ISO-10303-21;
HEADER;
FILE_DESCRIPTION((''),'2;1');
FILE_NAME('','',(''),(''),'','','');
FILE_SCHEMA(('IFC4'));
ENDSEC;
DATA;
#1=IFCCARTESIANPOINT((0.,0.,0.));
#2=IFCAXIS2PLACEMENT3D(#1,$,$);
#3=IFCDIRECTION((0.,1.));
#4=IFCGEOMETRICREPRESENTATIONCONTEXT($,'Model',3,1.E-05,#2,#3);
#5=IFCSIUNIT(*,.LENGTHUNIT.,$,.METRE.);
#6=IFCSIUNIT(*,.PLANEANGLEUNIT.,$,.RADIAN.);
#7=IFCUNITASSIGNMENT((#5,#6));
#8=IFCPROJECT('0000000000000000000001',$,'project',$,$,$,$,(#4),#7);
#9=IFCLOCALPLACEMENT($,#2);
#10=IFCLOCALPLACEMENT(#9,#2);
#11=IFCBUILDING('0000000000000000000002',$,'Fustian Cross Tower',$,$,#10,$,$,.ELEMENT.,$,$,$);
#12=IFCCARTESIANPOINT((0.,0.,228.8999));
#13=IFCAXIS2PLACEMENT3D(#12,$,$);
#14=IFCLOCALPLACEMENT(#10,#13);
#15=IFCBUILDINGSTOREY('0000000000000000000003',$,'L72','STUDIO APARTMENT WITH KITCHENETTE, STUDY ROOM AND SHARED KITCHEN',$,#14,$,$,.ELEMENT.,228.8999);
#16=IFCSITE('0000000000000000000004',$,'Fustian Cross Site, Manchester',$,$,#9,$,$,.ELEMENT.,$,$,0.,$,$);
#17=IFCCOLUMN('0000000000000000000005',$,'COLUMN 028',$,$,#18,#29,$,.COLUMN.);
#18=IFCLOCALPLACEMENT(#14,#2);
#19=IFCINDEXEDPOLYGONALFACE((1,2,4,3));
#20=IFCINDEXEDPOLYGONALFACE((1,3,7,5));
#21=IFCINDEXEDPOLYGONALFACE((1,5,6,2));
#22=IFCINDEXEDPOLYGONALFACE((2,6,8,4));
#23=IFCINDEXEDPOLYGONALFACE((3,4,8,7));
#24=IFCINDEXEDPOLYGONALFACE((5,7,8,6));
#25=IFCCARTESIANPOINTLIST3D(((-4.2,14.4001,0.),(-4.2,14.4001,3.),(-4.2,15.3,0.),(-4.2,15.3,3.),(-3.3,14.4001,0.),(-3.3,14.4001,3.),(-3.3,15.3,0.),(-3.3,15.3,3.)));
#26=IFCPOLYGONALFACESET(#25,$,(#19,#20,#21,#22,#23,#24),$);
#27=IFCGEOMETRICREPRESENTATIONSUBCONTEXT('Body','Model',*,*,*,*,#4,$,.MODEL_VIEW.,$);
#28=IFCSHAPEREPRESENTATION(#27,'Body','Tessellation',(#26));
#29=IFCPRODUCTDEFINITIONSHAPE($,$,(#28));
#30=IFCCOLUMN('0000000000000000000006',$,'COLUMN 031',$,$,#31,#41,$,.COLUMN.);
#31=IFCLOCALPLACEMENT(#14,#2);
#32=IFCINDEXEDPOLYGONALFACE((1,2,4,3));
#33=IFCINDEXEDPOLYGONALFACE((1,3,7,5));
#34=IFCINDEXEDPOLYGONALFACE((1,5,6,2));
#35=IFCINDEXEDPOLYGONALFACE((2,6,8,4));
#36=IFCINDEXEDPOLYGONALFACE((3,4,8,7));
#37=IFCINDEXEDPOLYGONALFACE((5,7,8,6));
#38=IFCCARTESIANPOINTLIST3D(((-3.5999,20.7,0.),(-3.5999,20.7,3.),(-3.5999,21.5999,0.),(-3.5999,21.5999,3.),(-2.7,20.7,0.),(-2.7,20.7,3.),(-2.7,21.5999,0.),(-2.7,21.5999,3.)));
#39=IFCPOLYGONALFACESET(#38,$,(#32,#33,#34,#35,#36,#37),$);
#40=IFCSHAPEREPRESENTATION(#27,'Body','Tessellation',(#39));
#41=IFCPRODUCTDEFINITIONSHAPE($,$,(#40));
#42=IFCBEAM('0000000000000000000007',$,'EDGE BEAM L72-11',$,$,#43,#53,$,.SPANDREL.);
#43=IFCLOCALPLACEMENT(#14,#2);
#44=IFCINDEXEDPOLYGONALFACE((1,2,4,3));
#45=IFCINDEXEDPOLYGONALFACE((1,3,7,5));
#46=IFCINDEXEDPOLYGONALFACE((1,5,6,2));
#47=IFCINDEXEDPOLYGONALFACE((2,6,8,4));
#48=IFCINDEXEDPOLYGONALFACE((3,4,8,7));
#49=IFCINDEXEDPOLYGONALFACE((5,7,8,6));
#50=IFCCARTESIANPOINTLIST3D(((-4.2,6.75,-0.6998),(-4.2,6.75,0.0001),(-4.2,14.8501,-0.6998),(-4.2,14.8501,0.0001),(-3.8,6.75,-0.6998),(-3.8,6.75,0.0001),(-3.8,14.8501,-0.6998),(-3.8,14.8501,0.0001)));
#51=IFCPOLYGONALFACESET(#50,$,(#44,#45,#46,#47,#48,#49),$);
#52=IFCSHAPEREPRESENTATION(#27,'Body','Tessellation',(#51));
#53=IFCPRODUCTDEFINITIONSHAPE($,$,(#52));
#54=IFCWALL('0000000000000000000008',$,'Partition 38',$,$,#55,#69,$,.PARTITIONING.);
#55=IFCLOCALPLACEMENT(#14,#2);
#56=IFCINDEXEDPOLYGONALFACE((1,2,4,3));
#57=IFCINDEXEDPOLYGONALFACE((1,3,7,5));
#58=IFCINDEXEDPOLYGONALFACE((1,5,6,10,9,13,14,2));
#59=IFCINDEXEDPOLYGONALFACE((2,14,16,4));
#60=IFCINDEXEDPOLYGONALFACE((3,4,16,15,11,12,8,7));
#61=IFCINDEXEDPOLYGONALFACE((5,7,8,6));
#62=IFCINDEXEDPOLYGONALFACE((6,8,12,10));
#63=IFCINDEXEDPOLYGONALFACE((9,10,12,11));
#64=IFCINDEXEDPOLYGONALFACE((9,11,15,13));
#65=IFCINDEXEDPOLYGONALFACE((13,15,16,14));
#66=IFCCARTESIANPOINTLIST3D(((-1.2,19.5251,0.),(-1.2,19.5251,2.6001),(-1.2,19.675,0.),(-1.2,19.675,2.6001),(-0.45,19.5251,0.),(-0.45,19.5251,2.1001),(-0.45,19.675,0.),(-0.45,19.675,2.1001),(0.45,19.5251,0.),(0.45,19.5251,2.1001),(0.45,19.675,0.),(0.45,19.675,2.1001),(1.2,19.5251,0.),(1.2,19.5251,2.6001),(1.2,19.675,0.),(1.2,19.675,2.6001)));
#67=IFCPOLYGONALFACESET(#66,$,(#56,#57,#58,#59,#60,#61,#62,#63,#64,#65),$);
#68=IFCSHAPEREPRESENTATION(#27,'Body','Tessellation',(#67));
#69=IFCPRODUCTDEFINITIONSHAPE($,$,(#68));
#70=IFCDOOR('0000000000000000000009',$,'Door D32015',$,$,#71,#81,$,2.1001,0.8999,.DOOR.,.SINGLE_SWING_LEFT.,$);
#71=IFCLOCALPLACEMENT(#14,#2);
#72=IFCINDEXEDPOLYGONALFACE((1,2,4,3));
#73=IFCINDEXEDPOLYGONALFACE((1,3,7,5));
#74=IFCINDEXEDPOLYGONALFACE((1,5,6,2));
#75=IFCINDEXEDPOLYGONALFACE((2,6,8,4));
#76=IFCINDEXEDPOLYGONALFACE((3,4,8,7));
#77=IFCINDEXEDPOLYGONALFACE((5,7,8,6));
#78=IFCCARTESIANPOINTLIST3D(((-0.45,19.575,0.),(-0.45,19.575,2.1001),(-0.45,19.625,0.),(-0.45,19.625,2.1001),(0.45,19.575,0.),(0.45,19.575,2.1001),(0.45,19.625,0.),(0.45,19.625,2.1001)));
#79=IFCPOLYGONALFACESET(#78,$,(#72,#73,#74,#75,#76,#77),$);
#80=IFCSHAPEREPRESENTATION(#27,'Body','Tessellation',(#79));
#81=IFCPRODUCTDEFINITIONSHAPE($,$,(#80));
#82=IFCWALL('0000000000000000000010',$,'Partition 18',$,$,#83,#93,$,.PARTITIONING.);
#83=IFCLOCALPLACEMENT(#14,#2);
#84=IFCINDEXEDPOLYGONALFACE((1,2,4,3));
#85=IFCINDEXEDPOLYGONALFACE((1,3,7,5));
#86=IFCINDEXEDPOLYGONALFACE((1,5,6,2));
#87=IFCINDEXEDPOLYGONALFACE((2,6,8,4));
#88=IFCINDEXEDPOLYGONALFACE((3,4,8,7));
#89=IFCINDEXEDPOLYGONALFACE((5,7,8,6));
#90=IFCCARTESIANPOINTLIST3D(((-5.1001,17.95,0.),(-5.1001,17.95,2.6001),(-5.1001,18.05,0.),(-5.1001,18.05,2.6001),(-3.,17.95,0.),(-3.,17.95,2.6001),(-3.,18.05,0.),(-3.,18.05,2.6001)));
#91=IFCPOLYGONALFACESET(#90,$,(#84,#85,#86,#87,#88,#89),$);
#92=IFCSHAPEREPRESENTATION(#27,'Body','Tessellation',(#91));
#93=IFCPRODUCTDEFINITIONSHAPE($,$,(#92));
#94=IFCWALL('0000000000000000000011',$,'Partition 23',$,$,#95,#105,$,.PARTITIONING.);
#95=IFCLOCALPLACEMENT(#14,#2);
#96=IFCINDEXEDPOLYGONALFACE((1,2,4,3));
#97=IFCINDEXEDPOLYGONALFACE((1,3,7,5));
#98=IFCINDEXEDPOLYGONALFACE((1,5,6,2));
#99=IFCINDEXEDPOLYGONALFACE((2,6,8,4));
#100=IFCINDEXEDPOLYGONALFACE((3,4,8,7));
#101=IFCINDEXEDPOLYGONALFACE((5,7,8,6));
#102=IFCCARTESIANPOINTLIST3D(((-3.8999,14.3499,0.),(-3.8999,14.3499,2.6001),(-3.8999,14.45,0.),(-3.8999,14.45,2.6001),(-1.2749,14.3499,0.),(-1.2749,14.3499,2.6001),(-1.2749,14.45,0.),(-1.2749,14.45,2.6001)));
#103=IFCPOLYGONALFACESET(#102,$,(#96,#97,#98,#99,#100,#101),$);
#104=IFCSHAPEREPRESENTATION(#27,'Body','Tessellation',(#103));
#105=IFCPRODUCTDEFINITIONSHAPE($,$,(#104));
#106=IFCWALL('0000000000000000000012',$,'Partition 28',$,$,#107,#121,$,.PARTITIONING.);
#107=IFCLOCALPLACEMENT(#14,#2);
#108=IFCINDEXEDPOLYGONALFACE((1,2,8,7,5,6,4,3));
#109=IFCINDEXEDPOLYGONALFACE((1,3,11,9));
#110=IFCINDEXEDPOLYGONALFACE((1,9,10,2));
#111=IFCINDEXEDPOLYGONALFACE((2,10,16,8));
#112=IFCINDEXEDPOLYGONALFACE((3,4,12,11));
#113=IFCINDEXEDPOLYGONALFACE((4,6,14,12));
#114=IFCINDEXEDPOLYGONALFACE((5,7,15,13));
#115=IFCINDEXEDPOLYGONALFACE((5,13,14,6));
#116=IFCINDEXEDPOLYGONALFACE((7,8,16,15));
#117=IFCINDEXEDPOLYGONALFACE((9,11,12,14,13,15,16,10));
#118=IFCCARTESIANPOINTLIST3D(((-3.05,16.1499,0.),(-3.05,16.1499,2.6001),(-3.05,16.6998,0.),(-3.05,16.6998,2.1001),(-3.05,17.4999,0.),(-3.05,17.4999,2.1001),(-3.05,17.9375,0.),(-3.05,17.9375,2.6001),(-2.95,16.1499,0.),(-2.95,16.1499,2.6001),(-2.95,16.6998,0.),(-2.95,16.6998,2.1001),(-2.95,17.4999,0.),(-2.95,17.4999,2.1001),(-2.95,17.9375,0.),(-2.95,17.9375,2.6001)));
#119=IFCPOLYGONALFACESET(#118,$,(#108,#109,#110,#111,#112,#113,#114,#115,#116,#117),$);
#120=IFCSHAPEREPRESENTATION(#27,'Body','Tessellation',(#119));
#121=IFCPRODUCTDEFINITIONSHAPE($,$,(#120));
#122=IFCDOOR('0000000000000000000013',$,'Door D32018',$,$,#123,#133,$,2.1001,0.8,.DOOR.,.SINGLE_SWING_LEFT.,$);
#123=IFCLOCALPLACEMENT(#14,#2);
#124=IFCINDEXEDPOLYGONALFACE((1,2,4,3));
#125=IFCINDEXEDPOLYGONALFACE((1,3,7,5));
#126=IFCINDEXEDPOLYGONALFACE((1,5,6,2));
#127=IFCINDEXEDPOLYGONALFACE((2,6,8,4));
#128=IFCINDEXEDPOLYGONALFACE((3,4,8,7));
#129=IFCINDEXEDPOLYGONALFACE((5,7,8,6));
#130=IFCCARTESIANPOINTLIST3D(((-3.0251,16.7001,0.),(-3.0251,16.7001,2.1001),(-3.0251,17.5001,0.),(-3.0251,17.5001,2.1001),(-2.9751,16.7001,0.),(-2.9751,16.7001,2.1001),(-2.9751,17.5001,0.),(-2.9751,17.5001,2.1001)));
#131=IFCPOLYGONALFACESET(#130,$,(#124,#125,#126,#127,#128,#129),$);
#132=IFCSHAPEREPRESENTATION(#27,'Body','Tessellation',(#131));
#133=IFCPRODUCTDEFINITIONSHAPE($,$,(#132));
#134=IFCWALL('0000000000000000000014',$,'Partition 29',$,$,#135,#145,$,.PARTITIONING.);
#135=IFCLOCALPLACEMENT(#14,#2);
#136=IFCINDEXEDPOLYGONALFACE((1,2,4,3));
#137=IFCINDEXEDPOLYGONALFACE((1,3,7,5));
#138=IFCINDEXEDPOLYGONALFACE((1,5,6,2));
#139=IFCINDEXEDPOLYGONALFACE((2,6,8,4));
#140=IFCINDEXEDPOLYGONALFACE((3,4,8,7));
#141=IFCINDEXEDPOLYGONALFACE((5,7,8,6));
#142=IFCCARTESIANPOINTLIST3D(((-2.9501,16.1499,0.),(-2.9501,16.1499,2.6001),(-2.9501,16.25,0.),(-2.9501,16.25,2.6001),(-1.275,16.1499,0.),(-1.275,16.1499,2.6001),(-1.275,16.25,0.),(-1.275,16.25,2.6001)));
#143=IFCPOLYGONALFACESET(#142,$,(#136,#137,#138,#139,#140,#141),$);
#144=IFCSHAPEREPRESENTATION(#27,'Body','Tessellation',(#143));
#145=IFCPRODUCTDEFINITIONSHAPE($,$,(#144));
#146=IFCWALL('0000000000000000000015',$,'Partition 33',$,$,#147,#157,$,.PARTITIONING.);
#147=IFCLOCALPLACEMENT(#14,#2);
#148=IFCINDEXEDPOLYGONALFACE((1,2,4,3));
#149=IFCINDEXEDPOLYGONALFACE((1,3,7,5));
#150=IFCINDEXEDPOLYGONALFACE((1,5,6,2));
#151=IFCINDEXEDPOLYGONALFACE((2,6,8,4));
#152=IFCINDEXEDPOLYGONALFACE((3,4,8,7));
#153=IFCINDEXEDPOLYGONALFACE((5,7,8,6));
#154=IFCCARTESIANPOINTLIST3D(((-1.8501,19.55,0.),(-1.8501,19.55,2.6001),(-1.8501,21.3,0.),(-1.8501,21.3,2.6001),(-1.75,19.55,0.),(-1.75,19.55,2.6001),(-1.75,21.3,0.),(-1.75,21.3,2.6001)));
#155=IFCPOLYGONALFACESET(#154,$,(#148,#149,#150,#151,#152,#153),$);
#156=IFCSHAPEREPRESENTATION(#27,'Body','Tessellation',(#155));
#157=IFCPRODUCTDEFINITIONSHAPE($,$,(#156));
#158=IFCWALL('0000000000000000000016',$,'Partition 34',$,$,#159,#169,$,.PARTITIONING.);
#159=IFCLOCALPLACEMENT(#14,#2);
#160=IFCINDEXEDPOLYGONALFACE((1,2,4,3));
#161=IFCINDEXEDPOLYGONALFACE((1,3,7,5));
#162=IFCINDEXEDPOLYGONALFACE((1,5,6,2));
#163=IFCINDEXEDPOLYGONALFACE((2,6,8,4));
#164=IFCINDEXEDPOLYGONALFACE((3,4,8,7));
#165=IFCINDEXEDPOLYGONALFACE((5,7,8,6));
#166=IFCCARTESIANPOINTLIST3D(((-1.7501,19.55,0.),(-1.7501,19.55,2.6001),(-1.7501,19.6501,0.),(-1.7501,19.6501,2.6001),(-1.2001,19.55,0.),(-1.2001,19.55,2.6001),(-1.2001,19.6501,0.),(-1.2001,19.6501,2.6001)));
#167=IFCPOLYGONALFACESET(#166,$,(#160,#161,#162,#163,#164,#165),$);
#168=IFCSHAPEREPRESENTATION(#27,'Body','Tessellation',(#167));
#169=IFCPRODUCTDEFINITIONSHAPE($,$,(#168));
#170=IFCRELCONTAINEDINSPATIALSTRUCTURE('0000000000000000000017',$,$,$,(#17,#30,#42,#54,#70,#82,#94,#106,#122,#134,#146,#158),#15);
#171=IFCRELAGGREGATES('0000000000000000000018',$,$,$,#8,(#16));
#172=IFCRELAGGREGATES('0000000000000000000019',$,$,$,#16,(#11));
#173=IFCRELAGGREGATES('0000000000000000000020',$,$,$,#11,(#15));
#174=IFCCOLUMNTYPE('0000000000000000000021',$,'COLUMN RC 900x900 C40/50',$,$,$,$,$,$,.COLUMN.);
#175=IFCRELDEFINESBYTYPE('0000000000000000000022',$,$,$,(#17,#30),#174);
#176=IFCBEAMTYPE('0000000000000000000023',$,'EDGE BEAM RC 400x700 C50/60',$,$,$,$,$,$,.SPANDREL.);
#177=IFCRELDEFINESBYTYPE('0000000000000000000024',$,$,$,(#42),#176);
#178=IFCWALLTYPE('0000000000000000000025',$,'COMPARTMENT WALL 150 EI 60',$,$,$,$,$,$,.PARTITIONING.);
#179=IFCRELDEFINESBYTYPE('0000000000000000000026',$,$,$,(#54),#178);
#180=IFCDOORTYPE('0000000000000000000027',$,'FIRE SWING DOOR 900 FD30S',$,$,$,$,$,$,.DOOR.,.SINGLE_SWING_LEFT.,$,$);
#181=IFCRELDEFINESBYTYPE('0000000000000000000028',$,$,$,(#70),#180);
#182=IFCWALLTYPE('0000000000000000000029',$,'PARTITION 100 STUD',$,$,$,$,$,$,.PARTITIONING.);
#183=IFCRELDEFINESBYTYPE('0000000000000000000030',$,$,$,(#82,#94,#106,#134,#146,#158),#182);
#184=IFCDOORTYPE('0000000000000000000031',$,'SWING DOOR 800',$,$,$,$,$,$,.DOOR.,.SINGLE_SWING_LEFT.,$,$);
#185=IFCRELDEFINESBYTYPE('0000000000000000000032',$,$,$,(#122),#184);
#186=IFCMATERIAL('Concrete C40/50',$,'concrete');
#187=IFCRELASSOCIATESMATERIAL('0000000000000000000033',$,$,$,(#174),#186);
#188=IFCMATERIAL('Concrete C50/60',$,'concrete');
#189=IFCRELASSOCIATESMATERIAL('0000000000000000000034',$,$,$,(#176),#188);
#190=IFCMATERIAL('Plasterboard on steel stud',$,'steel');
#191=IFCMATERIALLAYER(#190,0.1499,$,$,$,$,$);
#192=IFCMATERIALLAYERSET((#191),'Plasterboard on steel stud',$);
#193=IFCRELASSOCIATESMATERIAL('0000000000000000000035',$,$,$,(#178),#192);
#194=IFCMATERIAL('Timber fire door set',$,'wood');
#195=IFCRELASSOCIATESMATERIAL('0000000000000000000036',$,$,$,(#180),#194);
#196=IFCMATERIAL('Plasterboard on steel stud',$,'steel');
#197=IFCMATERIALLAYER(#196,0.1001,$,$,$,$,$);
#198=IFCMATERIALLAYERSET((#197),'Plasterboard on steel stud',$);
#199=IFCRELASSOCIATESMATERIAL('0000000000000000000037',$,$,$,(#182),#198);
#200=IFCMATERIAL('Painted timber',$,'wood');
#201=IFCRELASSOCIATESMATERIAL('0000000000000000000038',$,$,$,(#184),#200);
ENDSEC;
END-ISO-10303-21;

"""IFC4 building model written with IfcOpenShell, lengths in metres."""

from ifc_helpers import new_model, si_unit, direction, frame, frame_2d, origin, origin_2d, place, context, subcontext, project, spatial, rectangle, extrude, material, layer, layer_set, material_profile, profile_set, type_object, element, fill, save


model = new_model("IFC4")

# Units and contexts
model_context = context("Model", 3, precision=1e-05, world=origin(), true_north=direction((0.0, 1.0)))
body_context = subcontext(model_context, "Body", "Model", "MODEL_VIEW")
ifc_project = project(units=[si_unit("LENGTHUNIT", "METRE"), si_unit("PLANEANGLEUNIT", "RADIAN")], contexts=[model_context])

# Site, building, storey
site_placement = place(None, origin())
site = spatial("IfcSite", under=ifc_project, at=site_placement, Name="Fustian Cross Site, Manchester", CompositionType="ELEMENT", RefElevation=0.0)
building_placement = place(site_placement, origin())
building = spatial("IfcBuilding", under=site, at=building_placement, Name="Fustian Cross Tower", CompositionType="ELEMENT")
storey_placement = place(building_placement, frame((0.0, 0.0, 228.8999)))
storey = spatial("IfcBuildingStorey", under=building, at=storey_placement, Name="L72", Description="STUDIO APARTMENT WITH KITCHENETTE, STUDY ROOM AND SHARED KITCHEN", CompositionType="ELEMENT", Elevation=228.8999)

# Columns
ifc_material_1 = material(Name="Concrete C40/50", Category="concrete")
ifc_material_profile_1 = material_profile(ifc_material_1, rectangle(XDim=0.8999, YDim=0.8999, at=origin_2d()), Name="RC 900x900")
ifc_profile_set_1 = profile_set([ifc_material_profile_1], Name="Concrete C40/50")
column_type = type_object("IfcColumnType", Name="COLUMN RC 900x900 C40/50", PredefinedType="COLUMN", material=ifc_profile_set_1)
for number, where, z_axis, x_axis, name in (
    (1, (-3.75, 14.8501, 0.0), (0.0, 0.0, 1.0), (1.0, 0.0, 0.0), "COLUMN 028"),
    (2, (-3.1499, 21.1499, 0.0), (0.0, 0.0, 1.0), (1.0, 0.0, 0.0), "COLUMN 031"),
):
    element("IfcColumn", number, at=place(storey_placement, frame(where, z_axis=z_axis, x_axis=x_axis)), inside=storey, type_object=column_type, Name=name, PredefinedType="COLUMN", context=body_context, shape_type="SweptSolid", body=[
        extrude(rectangle(XDim=0.8999, YDim=0.8999, at=origin_2d()), origin(), (0.0, 0.0, 1.0), 3.0),
    ])

# Beam
ifc_material_2 = material(Name="Concrete C50/60", Category="concrete")
ifc_material_profile_2 = material_profile(ifc_material_2, rectangle(XDim=0.3999, YDim=0.7, at=origin_2d()), Name="RC 400x700")
ifc_profile_set_2 = profile_set([ifc_material_profile_2], Name="Concrete C50/60")
beam_type = type_object("IfcBeamType", Name="EDGE BEAM RC 400x700 C50/60", PredefinedType="SPANDREL", material=ifc_profile_set_2)
beam_placement = place(storey_placement, frame((-4.0, 14.8501, -0.3499), z_axis=(0.0, -1.0, 0.0), x_axis=(1.0, 0.0, 0.0)))
element("IfcBeam", 3, at=beam_placement, inside=storey, type_object=beam_type, Name="EDGE BEAM L72-11", PredefinedType="SPANDREL", context=body_context, shape_type="SweptSolid", body=[
    extrude(rectangle(XDim=0.3999, YDim=0.7, at=origin_2d()), origin(), (0.0, 0.0, 1.0), 8.1001),
])

# Wall, opening, door
ifc_material_3 = material(Name="Plasterboard on steel stud", Category="steel")
ifc_layer_1 = layer(ifc_material_3, 0.1499)
ifc_layer_set_1 = layer_set([ifc_layer_1], Name="Plasterboard on steel stud")
wall_type_1 = type_object("IfcWallType", Name="COMPARTMENT WALL 150 EI 60", PredefinedType="PARTITIONING", material=ifc_layer_set_1)
wall_1_placement = place(storey_placement, frame((-1.2, 19.6001, 0.0), z_axis=(0.0, 0.0, 1.0), x_axis=(1.0, 0.0, 0.0)))
wall_1 = element("IfcWall", 4, at=wall_1_placement, inside=storey, type_object=wall_type_1, Name="Partition 38", PredefinedType="PARTITIONING", context=body_context, shape_type="SweptSolid", body=[
    extrude(rectangle(XDim=2.3999, YDim=0.1499, at=frame_2d((1.2, 0.0))), origin(), (0.0, 0.0, 1.0), 2.6001),
])
opening_1_placement = place(wall_1_placement, frame((0.75, 0.0, 0.0)))
opening_1 = element("IfcOpeningElement", 5, at=opening_1_placement, cuts=wall_1, PredefinedType="OPENING", context=body_context, shape_type="SweptSolid", body=[
    extrude(rectangle(XDim=0.8999, YDim=2.1001, at=frame_2d((0.45, 1.05))), frame((0.0, 0.085, 0.0), z_axis=(0.0, -1.0, 0.0), x_axis=(1.0, 0.0, 0.0)), (0.0, 0.0, 1.0), 0.1699),
])
ifc_material_4 = material(Name="Timber fire door set", Category="wood")
door_type_1 = type_object("IfcDoorType", Name="FIRE SWING DOOR 900 FD30S", OperationType="SINGLE_SWING_LEFT", PredefinedType="DOOR", material=ifc_material_4)
door_1_placement = place(opening_1_placement, origin())
door_1 = element("IfcDoor", 6, at=door_1_placement, inside=storey, type_object=door_type_1, Name="Door D32015", OperationType="SINGLE_SWING_LEFT", OverallHeight=2.1001, OverallWidth=0.8999, PredefinedType="DOOR", context=body_context, shape_type="SweptSolid", body=[
    extrude(rectangle(XDim=0.8999, YDim=2.1001, at=frame_2d((0.45, 1.05))), frame((0.0, 0.0249, 0.0), z_axis=(0.0, -1.0, 0.0), x_axis=(1.0, 0.0, 0.0)), (0.0, 0.0, 1.0), 0.05),
])
fill(opening_1, door_1)

# Walls
ifc_material_5 = material(Name="Plasterboard on steel stud", Category="steel")
ifc_layer_2 = layer(ifc_material_5, 0.1001)
ifc_layer_set_2 = layer_set([ifc_layer_2], Name="Plasterboard on steel stud")
wall_type_2 = type_object("IfcWallType", Name="PARTITION 100 STUD", PredefinedType="PARTITIONING", material=ifc_layer_set_2)
wall_2_placement = place(storey_placement, frame((-5.1001, 18.0, 0.0), z_axis=(0.0, 0.0, 1.0), x_axis=(1.0, 0.0, 0.0)))
element("IfcWall", 7, at=wall_2_placement, inside=storey, type_object=wall_type_2, Name="Partition 18", PredefinedType="PARTITIONING", context=body_context, shape_type="SweptSolid", body=[
    extrude(rectangle(XDim=2.1001, YDim=0.1001, at=frame_2d((1.05, 0.0))), origin(), (0.0, 0.0, 1.0), 2.6001),
])
wall_3_placement = place(storey_placement, frame((-3.8999, 14.3999, 0.0), z_axis=(0.0, 0.0, 1.0), x_axis=(1.0, 0.0, 0.0)))
element("IfcWall", 8, at=wall_3_placement, inside=storey, type_object=wall_type_2, Name="Partition 23", PredefinedType="PARTITIONING", context=body_context, shape_type="SweptSolid", body=[
    extrude(rectangle(XDim=2.625, YDim=0.1001, at=frame_2d((1.3125, 0.0))), origin(), (0.0, 0.0, 1.0), 2.6001),
])

# Wall, opening, door
wall_4_placement = place(storey_placement, frame((-3.0, 16.1499, 0.0), z_axis=(0.0, 0.0, 1.0), x_axis=(0.0, 1.0, 0.0)))
wall_4 = element("IfcWall", 9, at=wall_4_placement, inside=storey, type_object=wall_type_2, Name="Partition 28", PredefinedType="PARTITIONING", context=body_context, shape_type="SweptSolid", body=[
    extrude(rectangle(XDim=1.7876, YDim=0.1001, at=frame_2d((0.8938, 0.0))), origin(), (0.0, 0.0, 1.0), 2.6001),
])
opening_2_placement = place(wall_4_placement, frame((0.55, 0.0, 0.0)))
opening_2 = element("IfcOpeningElement", 10, at=opening_2_placement, cuts=wall_4, PredefinedType="OPENING", context=body_context, shape_type="SweptSolid", body=[
    extrude(rectangle(XDim=0.8, YDim=2.1001, at=frame_2d((0.3999, 1.05))), frame((0.0, 0.0601, 0.0), z_axis=(0.0, -1.0, 0.0), x_axis=(1.0, 0.0, 0.0)), (0.0, 0.0, 1.0), 0.1201),
])
ifc_material_6 = material(Name="Painted timber", Category="wood")
door_type_2 = type_object("IfcDoorType", Name="SWING DOOR 800", OperationType="SINGLE_SWING_LEFT", PredefinedType="DOOR", material=ifc_material_6)
door_2_placement = place(opening_2_placement, frame((0.8, 0.0, 0.0), z_axis=(0.0, 0.0, 1.0), x_axis=(-1.0, 0.0, 0.0)))
door_2 = element("IfcDoor", 11, at=door_2_placement, inside=storey, type_object=door_type_2, Name="Door D32018", OperationType="SINGLE_SWING_LEFT", OverallHeight=2.1001, OverallWidth=0.8, PredefinedType="DOOR", context=body_context, shape_type="SweptSolid", body=[
    extrude(rectangle(XDim=0.8, YDim=2.1001, at=frame_2d((0.3999, 1.05))), frame((0.0, 0.0249, 0.0), z_axis=(0.0, -1.0, 0.0), x_axis=(1.0, 0.0, 0.0)), (0.0, 0.0, 1.0), 0.05),
])
fill(opening_2, door_2)

# Walls
wall_5_placement = place(storey_placement, frame((-2.95, 16.2, 0.0), z_axis=(0.0, 0.0, 1.0), x_axis=(1.0, 0.0, 0.0)))
element("IfcWall", 12, at=wall_5_placement, inside=storey, type_object=wall_type_2, Name="Partition 29", PredefinedType="PARTITIONING", context=body_context, shape_type="SweptSolid", body=[
    extrude(rectangle(XDim=1.675, YDim=0.1001, at=frame_2d((0.8374, 0.0))), origin(), (0.0, 0.0, 1.0), 2.6001),
])
wall_6_placement = place(storey_placement, frame((-1.8, 19.55, 0.0), z_axis=(0.0, 0.0, 1.0), x_axis=(0.0, 1.0, 0.0)))
element("IfcWall", 13, at=wall_6_placement, inside=storey, type_object=wall_type_2, Name="Partition 33", PredefinedType="PARTITIONING", context=body_context, shape_type="SweptSolid", body=[
    extrude(rectangle(XDim=1.75, YDim=0.1001, at=frame_2d((0.875, 0.0))), origin(), (0.0, 0.0, 1.0), 2.6001),
])
wall_7_placement = place(storey_placement, frame((-1.75, 19.6001, 0.0), z_axis=(0.0, 0.0, 1.0), x_axis=(1.0, 0.0, 0.0)))
element("IfcWall", 14, at=wall_7_placement, inside=storey, type_object=wall_type_2, Name="Partition 34", PredefinedType="PARTITIONING", context=body_context, shape_type="SweptSolid", body=[
    extrude(rectangle(XDim=0.55, YDim=0.1001, at=frame_2d((0.2749, 0.0))), origin(), (0.0, 0.0, 1.0), 2.6001),
])

save(model, "model.ifc")
